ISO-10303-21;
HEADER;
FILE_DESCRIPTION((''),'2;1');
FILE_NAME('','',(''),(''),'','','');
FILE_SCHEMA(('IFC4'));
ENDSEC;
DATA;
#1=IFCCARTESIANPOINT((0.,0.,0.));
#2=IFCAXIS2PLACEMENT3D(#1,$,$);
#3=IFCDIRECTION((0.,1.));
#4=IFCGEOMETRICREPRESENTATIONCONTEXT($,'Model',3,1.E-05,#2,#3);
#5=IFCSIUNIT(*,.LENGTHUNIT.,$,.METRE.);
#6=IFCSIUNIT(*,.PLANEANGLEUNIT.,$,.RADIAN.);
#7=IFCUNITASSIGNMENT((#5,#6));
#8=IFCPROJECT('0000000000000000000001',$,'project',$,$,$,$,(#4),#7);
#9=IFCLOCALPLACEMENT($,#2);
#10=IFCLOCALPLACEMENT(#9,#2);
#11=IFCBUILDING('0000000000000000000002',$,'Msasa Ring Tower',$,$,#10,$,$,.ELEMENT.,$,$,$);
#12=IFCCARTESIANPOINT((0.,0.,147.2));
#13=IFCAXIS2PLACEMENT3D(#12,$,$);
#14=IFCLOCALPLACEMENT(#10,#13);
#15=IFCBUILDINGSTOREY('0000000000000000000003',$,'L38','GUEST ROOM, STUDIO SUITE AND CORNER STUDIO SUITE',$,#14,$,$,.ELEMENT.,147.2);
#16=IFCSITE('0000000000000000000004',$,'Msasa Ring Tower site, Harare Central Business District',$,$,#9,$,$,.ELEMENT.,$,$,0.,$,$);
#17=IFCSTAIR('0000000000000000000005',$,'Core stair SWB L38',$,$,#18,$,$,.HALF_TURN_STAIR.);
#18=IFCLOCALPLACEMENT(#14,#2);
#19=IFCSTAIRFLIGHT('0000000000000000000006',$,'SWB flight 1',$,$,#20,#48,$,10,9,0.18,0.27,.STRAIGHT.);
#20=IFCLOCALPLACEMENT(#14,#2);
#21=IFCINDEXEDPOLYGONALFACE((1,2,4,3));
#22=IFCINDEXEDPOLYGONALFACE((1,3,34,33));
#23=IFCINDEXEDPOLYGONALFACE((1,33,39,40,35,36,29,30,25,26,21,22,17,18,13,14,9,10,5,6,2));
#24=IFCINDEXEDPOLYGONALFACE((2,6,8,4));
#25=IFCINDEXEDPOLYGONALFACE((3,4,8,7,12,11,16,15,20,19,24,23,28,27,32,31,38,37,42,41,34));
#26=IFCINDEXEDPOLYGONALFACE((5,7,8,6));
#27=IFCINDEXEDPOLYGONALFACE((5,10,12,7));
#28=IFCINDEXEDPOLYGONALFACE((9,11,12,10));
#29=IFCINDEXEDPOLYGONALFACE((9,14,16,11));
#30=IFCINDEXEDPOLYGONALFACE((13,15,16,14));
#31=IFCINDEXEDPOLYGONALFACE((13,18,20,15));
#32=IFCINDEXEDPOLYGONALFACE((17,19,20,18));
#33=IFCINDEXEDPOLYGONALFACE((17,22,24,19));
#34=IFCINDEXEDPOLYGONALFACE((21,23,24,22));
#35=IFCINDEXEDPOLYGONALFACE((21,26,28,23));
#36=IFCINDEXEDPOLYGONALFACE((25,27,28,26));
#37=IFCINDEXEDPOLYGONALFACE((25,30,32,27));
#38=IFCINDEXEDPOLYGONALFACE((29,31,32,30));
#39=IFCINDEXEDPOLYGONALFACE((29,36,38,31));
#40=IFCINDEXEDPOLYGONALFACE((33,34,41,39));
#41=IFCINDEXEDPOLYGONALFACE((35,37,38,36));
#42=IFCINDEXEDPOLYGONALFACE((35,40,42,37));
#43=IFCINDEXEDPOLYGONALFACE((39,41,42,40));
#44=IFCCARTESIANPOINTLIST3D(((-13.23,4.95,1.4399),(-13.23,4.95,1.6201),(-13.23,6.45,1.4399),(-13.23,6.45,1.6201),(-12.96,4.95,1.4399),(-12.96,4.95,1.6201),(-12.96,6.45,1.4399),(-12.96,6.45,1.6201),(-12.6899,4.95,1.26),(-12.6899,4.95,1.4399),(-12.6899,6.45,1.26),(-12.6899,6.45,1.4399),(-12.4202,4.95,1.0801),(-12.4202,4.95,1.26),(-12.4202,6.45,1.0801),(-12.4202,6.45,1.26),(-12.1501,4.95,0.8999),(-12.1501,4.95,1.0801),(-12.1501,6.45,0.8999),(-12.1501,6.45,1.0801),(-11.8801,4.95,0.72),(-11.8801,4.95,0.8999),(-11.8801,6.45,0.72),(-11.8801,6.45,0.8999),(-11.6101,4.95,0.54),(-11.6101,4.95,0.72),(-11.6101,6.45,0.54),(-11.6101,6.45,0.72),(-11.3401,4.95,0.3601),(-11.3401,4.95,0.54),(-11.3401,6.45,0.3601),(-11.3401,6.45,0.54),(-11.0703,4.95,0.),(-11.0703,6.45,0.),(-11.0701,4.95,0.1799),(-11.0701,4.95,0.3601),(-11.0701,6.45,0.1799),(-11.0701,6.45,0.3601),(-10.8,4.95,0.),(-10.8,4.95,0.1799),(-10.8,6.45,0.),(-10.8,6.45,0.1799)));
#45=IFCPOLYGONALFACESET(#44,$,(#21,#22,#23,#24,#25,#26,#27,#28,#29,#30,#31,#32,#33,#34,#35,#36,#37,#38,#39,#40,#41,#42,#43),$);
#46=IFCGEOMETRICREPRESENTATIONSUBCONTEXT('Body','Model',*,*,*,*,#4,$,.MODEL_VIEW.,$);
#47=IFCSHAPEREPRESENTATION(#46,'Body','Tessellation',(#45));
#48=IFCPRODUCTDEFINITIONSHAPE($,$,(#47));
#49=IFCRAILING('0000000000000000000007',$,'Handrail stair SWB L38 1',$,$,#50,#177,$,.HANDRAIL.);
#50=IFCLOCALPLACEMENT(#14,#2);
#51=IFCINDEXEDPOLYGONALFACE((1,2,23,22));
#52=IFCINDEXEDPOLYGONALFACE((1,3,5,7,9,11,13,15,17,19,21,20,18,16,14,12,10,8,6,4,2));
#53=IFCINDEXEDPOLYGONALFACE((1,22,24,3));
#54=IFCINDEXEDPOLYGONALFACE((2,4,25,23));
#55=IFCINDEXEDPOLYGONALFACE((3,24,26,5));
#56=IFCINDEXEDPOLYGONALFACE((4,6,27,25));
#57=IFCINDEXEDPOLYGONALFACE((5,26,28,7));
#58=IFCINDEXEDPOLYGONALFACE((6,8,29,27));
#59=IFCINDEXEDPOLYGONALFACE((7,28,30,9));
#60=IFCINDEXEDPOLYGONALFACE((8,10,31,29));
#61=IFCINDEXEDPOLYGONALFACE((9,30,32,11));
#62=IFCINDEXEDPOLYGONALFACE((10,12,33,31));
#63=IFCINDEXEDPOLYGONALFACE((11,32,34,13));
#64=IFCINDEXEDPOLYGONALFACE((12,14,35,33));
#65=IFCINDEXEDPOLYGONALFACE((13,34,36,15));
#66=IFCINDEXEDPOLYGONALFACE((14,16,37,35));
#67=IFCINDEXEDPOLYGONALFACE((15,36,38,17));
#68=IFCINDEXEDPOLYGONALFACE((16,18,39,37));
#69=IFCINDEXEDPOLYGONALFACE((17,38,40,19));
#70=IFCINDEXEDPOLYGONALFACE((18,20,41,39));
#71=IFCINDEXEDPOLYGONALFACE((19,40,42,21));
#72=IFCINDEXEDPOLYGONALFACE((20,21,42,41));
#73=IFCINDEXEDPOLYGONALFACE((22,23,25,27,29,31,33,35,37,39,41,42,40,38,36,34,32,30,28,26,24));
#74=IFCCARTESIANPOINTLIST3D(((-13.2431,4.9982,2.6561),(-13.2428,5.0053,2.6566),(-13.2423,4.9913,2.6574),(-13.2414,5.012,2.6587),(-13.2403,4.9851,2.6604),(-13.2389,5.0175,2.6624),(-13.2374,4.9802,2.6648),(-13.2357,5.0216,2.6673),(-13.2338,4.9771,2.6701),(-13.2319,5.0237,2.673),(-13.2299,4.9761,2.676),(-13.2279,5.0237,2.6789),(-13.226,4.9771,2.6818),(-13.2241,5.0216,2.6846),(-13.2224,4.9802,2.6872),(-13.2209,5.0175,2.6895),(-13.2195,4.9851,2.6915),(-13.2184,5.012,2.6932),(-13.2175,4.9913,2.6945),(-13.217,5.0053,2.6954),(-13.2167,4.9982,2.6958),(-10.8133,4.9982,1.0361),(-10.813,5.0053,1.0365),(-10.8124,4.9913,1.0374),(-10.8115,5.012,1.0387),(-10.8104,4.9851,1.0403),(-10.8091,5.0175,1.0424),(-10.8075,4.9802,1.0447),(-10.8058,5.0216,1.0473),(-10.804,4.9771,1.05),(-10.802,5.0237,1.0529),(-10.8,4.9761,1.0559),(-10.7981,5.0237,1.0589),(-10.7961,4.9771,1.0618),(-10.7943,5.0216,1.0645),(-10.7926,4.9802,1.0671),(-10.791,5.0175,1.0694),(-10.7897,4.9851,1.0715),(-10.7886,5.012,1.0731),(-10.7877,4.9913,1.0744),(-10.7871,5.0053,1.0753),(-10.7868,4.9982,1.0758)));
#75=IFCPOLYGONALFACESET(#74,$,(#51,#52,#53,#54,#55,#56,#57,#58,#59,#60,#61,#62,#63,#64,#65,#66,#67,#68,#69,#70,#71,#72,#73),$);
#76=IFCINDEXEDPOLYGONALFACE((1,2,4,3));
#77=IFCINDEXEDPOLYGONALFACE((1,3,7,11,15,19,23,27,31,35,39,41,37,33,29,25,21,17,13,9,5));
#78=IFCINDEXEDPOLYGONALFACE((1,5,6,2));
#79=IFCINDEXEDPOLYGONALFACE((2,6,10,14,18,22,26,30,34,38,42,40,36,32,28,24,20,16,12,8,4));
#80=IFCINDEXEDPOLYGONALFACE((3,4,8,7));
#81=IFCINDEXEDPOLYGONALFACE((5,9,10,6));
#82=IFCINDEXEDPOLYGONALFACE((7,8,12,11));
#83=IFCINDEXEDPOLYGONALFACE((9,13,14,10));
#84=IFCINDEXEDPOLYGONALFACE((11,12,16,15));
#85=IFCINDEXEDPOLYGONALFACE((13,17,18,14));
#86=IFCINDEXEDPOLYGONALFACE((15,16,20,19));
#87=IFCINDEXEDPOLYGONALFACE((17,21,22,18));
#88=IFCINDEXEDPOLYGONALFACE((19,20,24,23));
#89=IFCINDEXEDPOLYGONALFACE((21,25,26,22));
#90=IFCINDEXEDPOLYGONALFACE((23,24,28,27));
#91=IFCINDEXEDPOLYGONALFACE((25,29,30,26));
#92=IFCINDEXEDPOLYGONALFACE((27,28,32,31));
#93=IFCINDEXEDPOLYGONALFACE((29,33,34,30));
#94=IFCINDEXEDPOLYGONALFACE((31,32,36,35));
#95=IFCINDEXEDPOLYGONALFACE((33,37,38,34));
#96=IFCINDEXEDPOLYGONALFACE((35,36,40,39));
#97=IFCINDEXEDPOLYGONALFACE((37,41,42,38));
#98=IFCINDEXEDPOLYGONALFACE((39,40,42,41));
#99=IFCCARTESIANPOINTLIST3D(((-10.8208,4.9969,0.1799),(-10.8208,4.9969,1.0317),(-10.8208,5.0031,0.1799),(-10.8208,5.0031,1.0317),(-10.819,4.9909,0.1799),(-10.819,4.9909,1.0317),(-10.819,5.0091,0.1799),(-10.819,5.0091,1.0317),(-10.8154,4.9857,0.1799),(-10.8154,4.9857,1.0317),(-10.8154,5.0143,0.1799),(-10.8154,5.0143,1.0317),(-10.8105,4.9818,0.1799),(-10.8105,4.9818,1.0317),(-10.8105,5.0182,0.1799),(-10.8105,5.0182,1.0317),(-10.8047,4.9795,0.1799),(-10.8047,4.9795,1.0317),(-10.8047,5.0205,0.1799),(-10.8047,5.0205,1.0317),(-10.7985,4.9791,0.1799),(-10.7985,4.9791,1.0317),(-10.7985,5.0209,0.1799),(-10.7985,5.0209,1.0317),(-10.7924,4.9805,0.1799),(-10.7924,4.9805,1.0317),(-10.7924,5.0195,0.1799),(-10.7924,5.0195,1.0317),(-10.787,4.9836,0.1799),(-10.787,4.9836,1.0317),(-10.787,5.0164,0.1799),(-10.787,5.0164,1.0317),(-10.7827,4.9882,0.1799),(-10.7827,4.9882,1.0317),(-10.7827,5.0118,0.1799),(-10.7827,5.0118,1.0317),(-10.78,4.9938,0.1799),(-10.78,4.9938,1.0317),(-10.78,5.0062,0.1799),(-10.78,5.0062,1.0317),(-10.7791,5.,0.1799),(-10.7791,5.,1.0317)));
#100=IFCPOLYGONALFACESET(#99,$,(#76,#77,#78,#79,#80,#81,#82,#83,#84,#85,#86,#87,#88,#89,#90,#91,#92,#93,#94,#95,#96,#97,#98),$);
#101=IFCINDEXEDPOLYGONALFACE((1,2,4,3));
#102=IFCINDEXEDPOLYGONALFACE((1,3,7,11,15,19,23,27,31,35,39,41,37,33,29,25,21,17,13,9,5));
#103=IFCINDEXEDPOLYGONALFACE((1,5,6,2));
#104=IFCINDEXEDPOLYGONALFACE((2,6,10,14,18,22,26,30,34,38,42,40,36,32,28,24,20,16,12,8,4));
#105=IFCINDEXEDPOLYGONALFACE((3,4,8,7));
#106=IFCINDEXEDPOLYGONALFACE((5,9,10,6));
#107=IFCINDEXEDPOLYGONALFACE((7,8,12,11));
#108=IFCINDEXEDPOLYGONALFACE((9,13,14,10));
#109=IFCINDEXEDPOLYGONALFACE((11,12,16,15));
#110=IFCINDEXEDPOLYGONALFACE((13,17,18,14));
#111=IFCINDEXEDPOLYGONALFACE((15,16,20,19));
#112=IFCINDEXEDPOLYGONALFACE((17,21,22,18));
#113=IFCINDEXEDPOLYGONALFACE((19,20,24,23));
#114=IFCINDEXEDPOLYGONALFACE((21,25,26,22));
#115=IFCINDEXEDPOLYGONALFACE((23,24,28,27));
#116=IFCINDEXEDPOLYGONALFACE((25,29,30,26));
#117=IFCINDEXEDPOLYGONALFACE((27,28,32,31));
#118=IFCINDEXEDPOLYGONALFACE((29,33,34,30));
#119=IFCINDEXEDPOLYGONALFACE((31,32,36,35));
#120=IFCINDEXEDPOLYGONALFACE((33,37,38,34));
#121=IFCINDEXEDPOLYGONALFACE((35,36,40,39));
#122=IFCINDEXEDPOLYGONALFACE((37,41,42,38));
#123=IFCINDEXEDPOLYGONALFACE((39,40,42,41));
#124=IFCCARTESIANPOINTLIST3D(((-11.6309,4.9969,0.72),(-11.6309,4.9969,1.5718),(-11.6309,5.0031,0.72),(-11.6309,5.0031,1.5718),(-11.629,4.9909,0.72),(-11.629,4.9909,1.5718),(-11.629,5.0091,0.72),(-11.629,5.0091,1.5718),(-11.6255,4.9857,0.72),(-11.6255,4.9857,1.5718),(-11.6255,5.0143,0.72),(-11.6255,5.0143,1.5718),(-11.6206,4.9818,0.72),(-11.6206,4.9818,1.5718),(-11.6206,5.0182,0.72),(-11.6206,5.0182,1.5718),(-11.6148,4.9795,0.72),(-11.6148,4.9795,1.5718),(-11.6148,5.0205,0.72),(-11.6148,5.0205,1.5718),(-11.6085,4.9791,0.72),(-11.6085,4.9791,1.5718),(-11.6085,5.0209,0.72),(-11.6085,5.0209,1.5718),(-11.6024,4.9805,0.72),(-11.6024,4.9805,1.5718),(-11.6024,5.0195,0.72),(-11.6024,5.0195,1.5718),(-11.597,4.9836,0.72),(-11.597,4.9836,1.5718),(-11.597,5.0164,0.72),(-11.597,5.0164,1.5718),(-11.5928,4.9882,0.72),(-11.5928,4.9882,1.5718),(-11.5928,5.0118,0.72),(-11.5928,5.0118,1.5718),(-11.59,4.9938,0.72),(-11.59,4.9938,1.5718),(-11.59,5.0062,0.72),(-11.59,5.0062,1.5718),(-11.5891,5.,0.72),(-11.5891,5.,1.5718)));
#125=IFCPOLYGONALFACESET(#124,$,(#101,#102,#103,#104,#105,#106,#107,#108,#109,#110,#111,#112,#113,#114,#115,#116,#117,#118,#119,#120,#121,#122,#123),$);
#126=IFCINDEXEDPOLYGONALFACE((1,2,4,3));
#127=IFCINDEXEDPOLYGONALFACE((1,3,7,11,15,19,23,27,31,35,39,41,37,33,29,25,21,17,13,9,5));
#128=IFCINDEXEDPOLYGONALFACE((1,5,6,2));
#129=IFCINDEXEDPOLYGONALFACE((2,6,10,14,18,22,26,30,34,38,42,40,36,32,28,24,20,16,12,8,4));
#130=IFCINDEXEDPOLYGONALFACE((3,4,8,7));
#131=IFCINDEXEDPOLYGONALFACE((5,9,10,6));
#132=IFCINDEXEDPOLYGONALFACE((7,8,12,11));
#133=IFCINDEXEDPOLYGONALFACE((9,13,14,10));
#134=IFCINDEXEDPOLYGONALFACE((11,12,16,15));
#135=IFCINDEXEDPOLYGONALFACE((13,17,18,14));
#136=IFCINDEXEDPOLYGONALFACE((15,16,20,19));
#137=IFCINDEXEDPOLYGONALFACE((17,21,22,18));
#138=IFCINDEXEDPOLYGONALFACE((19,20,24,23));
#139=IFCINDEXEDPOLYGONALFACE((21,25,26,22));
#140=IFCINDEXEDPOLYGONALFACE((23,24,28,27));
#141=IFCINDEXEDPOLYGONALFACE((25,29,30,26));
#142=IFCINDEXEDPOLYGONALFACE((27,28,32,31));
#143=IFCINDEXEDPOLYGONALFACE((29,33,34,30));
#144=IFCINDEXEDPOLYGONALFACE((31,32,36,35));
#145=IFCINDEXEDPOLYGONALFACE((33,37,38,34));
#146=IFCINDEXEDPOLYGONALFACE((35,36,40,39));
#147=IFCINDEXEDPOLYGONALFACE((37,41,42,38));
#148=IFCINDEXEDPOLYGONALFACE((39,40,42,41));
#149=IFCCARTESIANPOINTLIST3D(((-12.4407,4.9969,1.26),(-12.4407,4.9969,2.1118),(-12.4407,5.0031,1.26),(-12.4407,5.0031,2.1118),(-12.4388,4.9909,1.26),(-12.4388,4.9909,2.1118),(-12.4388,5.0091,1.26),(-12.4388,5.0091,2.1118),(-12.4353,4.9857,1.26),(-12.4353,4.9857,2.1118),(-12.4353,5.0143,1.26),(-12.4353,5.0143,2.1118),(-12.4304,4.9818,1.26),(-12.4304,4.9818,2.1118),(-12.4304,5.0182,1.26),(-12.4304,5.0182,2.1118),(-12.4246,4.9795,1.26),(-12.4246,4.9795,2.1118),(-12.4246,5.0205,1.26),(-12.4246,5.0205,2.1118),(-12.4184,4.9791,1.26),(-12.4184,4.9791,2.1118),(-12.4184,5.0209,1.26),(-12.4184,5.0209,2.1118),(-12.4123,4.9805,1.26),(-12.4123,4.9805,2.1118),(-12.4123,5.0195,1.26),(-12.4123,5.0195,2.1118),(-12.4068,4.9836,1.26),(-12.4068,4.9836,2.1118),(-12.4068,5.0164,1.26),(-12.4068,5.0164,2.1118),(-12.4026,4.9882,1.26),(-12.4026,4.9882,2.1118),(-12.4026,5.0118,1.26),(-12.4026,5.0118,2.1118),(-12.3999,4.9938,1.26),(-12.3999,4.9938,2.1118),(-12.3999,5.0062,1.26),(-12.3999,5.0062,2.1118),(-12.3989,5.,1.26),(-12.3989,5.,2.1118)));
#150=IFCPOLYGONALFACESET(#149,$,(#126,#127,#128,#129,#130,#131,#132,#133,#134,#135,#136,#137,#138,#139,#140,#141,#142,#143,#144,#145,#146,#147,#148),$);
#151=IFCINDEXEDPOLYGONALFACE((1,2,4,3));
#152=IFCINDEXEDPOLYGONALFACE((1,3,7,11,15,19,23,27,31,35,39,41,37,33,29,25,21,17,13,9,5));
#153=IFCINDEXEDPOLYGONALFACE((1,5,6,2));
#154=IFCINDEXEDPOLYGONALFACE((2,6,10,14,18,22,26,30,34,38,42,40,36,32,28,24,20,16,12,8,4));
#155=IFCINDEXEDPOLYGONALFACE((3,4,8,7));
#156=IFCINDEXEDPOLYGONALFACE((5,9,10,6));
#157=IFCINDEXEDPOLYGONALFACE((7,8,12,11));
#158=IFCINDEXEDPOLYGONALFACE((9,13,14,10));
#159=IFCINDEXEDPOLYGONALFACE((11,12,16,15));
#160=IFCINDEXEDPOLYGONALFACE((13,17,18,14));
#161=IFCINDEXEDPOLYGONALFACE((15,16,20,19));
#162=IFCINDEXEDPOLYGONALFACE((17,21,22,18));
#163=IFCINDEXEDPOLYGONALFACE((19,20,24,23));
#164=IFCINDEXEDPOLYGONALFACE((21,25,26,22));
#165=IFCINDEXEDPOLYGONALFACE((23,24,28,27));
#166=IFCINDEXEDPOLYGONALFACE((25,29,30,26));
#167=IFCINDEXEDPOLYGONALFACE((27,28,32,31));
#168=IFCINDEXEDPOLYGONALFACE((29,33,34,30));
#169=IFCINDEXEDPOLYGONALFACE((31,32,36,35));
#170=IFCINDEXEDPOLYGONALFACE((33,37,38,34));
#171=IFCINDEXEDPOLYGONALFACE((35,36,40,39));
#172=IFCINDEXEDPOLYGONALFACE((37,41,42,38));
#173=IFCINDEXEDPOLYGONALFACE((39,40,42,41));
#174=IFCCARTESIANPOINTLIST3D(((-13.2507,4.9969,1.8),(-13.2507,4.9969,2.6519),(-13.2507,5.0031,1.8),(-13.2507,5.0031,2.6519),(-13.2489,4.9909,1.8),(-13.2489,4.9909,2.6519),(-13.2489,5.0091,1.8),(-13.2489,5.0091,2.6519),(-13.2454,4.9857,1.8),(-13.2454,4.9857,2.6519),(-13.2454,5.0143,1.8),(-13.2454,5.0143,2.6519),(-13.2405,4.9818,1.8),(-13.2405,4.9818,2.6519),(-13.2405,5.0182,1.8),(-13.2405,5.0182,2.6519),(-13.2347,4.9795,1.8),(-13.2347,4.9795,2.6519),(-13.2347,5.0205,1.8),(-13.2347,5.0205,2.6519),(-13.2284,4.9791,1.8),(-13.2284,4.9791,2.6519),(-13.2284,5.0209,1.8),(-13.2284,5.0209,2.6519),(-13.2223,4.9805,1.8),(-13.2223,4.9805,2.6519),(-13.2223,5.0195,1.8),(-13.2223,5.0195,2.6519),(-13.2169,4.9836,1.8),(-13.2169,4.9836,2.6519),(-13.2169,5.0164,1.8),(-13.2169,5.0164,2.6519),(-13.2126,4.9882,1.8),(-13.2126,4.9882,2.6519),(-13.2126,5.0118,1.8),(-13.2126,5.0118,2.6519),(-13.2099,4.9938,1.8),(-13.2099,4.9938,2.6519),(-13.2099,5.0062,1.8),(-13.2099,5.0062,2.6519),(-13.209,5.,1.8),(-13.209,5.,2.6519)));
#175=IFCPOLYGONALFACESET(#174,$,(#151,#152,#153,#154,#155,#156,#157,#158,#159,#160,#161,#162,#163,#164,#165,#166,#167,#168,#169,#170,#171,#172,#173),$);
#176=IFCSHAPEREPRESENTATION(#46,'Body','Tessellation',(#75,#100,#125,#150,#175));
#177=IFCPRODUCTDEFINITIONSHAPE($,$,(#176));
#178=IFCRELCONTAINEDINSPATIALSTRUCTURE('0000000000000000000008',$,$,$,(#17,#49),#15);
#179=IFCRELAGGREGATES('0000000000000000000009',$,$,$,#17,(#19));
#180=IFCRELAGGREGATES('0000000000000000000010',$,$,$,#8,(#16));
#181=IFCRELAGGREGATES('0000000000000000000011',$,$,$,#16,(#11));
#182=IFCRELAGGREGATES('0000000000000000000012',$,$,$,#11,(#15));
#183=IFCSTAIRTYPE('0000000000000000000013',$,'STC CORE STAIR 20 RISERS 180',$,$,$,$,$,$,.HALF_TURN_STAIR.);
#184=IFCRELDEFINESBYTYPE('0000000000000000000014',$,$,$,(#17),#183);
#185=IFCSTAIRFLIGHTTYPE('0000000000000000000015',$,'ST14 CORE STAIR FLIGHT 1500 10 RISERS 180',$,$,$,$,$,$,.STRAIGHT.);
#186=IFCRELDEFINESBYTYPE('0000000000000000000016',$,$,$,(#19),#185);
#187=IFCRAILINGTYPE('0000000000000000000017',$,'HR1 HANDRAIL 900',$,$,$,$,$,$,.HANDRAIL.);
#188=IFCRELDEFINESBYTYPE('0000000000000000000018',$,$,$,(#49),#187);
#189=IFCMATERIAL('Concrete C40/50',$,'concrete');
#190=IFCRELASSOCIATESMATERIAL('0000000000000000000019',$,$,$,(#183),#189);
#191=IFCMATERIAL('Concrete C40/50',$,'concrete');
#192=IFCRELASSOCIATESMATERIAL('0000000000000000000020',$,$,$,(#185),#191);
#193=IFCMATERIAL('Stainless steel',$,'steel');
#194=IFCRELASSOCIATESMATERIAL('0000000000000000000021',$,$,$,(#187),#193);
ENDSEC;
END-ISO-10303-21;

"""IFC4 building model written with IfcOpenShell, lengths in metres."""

from ifc_helpers import new_model, si_unit, direction, frame, origin, origin_2d, place, context, subcontext, project, spatial, polyline, circle, outline, extrude, material, type_object, element, aggregate, save


model = new_model("IFC4")

# Units and contexts
model_context = context("Model", 3, precision=1e-05, world=origin(), true_north=direction((0.0, 1.0)))
body_context = subcontext(model_context, "Body", "Model", "MODEL_VIEW")
ifc_project = project(units=[si_unit("LENGTHUNIT", "METRE"), si_unit("PLANEANGLEUNIT", "RADIAN")], contexts=[model_context])

# Site, building, storey
site_placement = place(None, origin())
site = spatial("IfcSite", under=ifc_project, at=site_placement, Name="Msasa Ring Tower site, Harare Central Business District", CompositionType="ELEMENT", RefElevation=0.0)
building_placement = place(site_placement, origin())
building = spatial("IfcBuilding", under=site, at=building_placement, Name="Msasa Ring Tower", CompositionType="ELEMENT")
storey_placement = place(building_placement, frame((0.0, 0.0, 147.2)))
storey = spatial("IfcBuildingStorey", under=building, at=storey_placement, Name="L38", Description="GUEST ROOM, STUDIO SUITE AND CORNER STUDIO SUITE", CompositionType="ELEMENT", Elevation=147.2)

# Stair, stair flight
ifc_material_1 = material(Name="Concrete C40/50", Category="concrete")
stair_type = type_object("IfcStairType", Name="STC CORE STAIR 20 RISERS 180", PredefinedType="HALF_TURN_STAIR", material=ifc_material_1)
stair_placement = place(storey_placement, origin())
stair = element("IfcStair", 1, at=stair_placement, inside=storey, type_object=stair_type, Name="Core stair SWB L38", PredefinedType="HALF_TURN_STAIR")
ifc_material_2 = material(Name="Concrete C40/50", Category="concrete")
stair_flight_type = type_object("IfcStairFlightType", Name="ST14 CORE STAIR FLIGHT 1500 10 RISERS 180", PredefinedType="STRAIGHT", material=ifc_material_2)
stair_flight_placement = place(storey_placement, frame((-10.8, 5.7, 0.0), z_axis=(0.0, 0.0, 1.0), x_axis=(-1.0, 0.0, 0.0)))
stair_flight = element("IfcStairFlight", 2, at=stair_flight_placement, type_object=stair_flight_type, Name="SWB flight 1", NumberOfRisers=10, NumberOfTreads=9, PredefinedType="STRAIGHT", RiserHeight=0.18, TreadLength=0.27, context=body_context, shape_type="SweptSolid", body=[
    extrude(outline(polyline([(0.0, 0.0), (0.0, 0.1799), (0.27, 0.1799), (0.27, 0.3601), (0.54, 0.3601), (0.54, 0.54), (0.8101, 0.54), (0.8101, 0.72), (1.0801, 0.72), (1.0801, 0.8999), (1.3501, 0.8999), (1.3501, 1.0801), (1.6201, 1.0801), (1.6201, 1.26), (1.8899, 1.26), (1.8899, 1.4399), (2.1599, 1.4399), (2.1599, 1.6201), (2.4299, 1.6201), (2.4299, 1.8), (2.4299, 1.4399), (0.2703, 0.0), (0.0, 0.0)])), frame((0.0, 0.75, 0.0), z_axis=(0.0, -1.0, 0.0), x_axis=(1.0, 0.0, 0.0)), (0.0, 0.0, 1.0), 1.5),
])
aggregate(stair, [stair_flight])

# Railing
ifc_material_3 = material(Name="Stainless steel", Category="steel")
railing_type = type_object("IfcRailingType", Name="HR1 HANDRAIL 900", PredefinedType="HANDRAIL", material=ifc_material_3)
for number, where, name in (
    (3, (-10.8, 5.0, 0.1799), "Handrail stair SWB L38 1"),
):
    element("IfcRailing", number, at=place(storey_placement, frame(where)), inside=storey, type_object=railing_type, Name=name, PredefinedType="HANDRAIL", context=body_context, shape_type="SweptSolid", body=[
        extrude(circle(Radius=0.0239, at=origin_2d()), frame((0.0, 0.0, 0.876), z_axis=(-0.832025, 0.0, 0.554739), x_axis=(0.0, -1.0, 0.0)), (0.0, 0.0, 1.0), 2.9204),
        extrude(circle(Radius=0.021, at=origin_2d()), origin(), (0.0, 0.0, 1.0), 0.8518),
        extrude(circle(Radius=0.021, at=origin_2d()), frame((-0.8101, 0.0, 0.54)), (0.0, 0.0, 1.0), 0.8518),
        extrude(circle(Radius=0.021, at=origin_2d()), frame((-1.6199, 0.0, 1.0801)), (0.0, 0.0, 1.0), 0.8518),
        extrude(circle(Radius=0.021, at=origin_2d()), frame((-2.4299, 0.0, 1.6201)), (0.0, 0.0, 1.0), 0.8518),
    ])

save(model, "model.ifc")
